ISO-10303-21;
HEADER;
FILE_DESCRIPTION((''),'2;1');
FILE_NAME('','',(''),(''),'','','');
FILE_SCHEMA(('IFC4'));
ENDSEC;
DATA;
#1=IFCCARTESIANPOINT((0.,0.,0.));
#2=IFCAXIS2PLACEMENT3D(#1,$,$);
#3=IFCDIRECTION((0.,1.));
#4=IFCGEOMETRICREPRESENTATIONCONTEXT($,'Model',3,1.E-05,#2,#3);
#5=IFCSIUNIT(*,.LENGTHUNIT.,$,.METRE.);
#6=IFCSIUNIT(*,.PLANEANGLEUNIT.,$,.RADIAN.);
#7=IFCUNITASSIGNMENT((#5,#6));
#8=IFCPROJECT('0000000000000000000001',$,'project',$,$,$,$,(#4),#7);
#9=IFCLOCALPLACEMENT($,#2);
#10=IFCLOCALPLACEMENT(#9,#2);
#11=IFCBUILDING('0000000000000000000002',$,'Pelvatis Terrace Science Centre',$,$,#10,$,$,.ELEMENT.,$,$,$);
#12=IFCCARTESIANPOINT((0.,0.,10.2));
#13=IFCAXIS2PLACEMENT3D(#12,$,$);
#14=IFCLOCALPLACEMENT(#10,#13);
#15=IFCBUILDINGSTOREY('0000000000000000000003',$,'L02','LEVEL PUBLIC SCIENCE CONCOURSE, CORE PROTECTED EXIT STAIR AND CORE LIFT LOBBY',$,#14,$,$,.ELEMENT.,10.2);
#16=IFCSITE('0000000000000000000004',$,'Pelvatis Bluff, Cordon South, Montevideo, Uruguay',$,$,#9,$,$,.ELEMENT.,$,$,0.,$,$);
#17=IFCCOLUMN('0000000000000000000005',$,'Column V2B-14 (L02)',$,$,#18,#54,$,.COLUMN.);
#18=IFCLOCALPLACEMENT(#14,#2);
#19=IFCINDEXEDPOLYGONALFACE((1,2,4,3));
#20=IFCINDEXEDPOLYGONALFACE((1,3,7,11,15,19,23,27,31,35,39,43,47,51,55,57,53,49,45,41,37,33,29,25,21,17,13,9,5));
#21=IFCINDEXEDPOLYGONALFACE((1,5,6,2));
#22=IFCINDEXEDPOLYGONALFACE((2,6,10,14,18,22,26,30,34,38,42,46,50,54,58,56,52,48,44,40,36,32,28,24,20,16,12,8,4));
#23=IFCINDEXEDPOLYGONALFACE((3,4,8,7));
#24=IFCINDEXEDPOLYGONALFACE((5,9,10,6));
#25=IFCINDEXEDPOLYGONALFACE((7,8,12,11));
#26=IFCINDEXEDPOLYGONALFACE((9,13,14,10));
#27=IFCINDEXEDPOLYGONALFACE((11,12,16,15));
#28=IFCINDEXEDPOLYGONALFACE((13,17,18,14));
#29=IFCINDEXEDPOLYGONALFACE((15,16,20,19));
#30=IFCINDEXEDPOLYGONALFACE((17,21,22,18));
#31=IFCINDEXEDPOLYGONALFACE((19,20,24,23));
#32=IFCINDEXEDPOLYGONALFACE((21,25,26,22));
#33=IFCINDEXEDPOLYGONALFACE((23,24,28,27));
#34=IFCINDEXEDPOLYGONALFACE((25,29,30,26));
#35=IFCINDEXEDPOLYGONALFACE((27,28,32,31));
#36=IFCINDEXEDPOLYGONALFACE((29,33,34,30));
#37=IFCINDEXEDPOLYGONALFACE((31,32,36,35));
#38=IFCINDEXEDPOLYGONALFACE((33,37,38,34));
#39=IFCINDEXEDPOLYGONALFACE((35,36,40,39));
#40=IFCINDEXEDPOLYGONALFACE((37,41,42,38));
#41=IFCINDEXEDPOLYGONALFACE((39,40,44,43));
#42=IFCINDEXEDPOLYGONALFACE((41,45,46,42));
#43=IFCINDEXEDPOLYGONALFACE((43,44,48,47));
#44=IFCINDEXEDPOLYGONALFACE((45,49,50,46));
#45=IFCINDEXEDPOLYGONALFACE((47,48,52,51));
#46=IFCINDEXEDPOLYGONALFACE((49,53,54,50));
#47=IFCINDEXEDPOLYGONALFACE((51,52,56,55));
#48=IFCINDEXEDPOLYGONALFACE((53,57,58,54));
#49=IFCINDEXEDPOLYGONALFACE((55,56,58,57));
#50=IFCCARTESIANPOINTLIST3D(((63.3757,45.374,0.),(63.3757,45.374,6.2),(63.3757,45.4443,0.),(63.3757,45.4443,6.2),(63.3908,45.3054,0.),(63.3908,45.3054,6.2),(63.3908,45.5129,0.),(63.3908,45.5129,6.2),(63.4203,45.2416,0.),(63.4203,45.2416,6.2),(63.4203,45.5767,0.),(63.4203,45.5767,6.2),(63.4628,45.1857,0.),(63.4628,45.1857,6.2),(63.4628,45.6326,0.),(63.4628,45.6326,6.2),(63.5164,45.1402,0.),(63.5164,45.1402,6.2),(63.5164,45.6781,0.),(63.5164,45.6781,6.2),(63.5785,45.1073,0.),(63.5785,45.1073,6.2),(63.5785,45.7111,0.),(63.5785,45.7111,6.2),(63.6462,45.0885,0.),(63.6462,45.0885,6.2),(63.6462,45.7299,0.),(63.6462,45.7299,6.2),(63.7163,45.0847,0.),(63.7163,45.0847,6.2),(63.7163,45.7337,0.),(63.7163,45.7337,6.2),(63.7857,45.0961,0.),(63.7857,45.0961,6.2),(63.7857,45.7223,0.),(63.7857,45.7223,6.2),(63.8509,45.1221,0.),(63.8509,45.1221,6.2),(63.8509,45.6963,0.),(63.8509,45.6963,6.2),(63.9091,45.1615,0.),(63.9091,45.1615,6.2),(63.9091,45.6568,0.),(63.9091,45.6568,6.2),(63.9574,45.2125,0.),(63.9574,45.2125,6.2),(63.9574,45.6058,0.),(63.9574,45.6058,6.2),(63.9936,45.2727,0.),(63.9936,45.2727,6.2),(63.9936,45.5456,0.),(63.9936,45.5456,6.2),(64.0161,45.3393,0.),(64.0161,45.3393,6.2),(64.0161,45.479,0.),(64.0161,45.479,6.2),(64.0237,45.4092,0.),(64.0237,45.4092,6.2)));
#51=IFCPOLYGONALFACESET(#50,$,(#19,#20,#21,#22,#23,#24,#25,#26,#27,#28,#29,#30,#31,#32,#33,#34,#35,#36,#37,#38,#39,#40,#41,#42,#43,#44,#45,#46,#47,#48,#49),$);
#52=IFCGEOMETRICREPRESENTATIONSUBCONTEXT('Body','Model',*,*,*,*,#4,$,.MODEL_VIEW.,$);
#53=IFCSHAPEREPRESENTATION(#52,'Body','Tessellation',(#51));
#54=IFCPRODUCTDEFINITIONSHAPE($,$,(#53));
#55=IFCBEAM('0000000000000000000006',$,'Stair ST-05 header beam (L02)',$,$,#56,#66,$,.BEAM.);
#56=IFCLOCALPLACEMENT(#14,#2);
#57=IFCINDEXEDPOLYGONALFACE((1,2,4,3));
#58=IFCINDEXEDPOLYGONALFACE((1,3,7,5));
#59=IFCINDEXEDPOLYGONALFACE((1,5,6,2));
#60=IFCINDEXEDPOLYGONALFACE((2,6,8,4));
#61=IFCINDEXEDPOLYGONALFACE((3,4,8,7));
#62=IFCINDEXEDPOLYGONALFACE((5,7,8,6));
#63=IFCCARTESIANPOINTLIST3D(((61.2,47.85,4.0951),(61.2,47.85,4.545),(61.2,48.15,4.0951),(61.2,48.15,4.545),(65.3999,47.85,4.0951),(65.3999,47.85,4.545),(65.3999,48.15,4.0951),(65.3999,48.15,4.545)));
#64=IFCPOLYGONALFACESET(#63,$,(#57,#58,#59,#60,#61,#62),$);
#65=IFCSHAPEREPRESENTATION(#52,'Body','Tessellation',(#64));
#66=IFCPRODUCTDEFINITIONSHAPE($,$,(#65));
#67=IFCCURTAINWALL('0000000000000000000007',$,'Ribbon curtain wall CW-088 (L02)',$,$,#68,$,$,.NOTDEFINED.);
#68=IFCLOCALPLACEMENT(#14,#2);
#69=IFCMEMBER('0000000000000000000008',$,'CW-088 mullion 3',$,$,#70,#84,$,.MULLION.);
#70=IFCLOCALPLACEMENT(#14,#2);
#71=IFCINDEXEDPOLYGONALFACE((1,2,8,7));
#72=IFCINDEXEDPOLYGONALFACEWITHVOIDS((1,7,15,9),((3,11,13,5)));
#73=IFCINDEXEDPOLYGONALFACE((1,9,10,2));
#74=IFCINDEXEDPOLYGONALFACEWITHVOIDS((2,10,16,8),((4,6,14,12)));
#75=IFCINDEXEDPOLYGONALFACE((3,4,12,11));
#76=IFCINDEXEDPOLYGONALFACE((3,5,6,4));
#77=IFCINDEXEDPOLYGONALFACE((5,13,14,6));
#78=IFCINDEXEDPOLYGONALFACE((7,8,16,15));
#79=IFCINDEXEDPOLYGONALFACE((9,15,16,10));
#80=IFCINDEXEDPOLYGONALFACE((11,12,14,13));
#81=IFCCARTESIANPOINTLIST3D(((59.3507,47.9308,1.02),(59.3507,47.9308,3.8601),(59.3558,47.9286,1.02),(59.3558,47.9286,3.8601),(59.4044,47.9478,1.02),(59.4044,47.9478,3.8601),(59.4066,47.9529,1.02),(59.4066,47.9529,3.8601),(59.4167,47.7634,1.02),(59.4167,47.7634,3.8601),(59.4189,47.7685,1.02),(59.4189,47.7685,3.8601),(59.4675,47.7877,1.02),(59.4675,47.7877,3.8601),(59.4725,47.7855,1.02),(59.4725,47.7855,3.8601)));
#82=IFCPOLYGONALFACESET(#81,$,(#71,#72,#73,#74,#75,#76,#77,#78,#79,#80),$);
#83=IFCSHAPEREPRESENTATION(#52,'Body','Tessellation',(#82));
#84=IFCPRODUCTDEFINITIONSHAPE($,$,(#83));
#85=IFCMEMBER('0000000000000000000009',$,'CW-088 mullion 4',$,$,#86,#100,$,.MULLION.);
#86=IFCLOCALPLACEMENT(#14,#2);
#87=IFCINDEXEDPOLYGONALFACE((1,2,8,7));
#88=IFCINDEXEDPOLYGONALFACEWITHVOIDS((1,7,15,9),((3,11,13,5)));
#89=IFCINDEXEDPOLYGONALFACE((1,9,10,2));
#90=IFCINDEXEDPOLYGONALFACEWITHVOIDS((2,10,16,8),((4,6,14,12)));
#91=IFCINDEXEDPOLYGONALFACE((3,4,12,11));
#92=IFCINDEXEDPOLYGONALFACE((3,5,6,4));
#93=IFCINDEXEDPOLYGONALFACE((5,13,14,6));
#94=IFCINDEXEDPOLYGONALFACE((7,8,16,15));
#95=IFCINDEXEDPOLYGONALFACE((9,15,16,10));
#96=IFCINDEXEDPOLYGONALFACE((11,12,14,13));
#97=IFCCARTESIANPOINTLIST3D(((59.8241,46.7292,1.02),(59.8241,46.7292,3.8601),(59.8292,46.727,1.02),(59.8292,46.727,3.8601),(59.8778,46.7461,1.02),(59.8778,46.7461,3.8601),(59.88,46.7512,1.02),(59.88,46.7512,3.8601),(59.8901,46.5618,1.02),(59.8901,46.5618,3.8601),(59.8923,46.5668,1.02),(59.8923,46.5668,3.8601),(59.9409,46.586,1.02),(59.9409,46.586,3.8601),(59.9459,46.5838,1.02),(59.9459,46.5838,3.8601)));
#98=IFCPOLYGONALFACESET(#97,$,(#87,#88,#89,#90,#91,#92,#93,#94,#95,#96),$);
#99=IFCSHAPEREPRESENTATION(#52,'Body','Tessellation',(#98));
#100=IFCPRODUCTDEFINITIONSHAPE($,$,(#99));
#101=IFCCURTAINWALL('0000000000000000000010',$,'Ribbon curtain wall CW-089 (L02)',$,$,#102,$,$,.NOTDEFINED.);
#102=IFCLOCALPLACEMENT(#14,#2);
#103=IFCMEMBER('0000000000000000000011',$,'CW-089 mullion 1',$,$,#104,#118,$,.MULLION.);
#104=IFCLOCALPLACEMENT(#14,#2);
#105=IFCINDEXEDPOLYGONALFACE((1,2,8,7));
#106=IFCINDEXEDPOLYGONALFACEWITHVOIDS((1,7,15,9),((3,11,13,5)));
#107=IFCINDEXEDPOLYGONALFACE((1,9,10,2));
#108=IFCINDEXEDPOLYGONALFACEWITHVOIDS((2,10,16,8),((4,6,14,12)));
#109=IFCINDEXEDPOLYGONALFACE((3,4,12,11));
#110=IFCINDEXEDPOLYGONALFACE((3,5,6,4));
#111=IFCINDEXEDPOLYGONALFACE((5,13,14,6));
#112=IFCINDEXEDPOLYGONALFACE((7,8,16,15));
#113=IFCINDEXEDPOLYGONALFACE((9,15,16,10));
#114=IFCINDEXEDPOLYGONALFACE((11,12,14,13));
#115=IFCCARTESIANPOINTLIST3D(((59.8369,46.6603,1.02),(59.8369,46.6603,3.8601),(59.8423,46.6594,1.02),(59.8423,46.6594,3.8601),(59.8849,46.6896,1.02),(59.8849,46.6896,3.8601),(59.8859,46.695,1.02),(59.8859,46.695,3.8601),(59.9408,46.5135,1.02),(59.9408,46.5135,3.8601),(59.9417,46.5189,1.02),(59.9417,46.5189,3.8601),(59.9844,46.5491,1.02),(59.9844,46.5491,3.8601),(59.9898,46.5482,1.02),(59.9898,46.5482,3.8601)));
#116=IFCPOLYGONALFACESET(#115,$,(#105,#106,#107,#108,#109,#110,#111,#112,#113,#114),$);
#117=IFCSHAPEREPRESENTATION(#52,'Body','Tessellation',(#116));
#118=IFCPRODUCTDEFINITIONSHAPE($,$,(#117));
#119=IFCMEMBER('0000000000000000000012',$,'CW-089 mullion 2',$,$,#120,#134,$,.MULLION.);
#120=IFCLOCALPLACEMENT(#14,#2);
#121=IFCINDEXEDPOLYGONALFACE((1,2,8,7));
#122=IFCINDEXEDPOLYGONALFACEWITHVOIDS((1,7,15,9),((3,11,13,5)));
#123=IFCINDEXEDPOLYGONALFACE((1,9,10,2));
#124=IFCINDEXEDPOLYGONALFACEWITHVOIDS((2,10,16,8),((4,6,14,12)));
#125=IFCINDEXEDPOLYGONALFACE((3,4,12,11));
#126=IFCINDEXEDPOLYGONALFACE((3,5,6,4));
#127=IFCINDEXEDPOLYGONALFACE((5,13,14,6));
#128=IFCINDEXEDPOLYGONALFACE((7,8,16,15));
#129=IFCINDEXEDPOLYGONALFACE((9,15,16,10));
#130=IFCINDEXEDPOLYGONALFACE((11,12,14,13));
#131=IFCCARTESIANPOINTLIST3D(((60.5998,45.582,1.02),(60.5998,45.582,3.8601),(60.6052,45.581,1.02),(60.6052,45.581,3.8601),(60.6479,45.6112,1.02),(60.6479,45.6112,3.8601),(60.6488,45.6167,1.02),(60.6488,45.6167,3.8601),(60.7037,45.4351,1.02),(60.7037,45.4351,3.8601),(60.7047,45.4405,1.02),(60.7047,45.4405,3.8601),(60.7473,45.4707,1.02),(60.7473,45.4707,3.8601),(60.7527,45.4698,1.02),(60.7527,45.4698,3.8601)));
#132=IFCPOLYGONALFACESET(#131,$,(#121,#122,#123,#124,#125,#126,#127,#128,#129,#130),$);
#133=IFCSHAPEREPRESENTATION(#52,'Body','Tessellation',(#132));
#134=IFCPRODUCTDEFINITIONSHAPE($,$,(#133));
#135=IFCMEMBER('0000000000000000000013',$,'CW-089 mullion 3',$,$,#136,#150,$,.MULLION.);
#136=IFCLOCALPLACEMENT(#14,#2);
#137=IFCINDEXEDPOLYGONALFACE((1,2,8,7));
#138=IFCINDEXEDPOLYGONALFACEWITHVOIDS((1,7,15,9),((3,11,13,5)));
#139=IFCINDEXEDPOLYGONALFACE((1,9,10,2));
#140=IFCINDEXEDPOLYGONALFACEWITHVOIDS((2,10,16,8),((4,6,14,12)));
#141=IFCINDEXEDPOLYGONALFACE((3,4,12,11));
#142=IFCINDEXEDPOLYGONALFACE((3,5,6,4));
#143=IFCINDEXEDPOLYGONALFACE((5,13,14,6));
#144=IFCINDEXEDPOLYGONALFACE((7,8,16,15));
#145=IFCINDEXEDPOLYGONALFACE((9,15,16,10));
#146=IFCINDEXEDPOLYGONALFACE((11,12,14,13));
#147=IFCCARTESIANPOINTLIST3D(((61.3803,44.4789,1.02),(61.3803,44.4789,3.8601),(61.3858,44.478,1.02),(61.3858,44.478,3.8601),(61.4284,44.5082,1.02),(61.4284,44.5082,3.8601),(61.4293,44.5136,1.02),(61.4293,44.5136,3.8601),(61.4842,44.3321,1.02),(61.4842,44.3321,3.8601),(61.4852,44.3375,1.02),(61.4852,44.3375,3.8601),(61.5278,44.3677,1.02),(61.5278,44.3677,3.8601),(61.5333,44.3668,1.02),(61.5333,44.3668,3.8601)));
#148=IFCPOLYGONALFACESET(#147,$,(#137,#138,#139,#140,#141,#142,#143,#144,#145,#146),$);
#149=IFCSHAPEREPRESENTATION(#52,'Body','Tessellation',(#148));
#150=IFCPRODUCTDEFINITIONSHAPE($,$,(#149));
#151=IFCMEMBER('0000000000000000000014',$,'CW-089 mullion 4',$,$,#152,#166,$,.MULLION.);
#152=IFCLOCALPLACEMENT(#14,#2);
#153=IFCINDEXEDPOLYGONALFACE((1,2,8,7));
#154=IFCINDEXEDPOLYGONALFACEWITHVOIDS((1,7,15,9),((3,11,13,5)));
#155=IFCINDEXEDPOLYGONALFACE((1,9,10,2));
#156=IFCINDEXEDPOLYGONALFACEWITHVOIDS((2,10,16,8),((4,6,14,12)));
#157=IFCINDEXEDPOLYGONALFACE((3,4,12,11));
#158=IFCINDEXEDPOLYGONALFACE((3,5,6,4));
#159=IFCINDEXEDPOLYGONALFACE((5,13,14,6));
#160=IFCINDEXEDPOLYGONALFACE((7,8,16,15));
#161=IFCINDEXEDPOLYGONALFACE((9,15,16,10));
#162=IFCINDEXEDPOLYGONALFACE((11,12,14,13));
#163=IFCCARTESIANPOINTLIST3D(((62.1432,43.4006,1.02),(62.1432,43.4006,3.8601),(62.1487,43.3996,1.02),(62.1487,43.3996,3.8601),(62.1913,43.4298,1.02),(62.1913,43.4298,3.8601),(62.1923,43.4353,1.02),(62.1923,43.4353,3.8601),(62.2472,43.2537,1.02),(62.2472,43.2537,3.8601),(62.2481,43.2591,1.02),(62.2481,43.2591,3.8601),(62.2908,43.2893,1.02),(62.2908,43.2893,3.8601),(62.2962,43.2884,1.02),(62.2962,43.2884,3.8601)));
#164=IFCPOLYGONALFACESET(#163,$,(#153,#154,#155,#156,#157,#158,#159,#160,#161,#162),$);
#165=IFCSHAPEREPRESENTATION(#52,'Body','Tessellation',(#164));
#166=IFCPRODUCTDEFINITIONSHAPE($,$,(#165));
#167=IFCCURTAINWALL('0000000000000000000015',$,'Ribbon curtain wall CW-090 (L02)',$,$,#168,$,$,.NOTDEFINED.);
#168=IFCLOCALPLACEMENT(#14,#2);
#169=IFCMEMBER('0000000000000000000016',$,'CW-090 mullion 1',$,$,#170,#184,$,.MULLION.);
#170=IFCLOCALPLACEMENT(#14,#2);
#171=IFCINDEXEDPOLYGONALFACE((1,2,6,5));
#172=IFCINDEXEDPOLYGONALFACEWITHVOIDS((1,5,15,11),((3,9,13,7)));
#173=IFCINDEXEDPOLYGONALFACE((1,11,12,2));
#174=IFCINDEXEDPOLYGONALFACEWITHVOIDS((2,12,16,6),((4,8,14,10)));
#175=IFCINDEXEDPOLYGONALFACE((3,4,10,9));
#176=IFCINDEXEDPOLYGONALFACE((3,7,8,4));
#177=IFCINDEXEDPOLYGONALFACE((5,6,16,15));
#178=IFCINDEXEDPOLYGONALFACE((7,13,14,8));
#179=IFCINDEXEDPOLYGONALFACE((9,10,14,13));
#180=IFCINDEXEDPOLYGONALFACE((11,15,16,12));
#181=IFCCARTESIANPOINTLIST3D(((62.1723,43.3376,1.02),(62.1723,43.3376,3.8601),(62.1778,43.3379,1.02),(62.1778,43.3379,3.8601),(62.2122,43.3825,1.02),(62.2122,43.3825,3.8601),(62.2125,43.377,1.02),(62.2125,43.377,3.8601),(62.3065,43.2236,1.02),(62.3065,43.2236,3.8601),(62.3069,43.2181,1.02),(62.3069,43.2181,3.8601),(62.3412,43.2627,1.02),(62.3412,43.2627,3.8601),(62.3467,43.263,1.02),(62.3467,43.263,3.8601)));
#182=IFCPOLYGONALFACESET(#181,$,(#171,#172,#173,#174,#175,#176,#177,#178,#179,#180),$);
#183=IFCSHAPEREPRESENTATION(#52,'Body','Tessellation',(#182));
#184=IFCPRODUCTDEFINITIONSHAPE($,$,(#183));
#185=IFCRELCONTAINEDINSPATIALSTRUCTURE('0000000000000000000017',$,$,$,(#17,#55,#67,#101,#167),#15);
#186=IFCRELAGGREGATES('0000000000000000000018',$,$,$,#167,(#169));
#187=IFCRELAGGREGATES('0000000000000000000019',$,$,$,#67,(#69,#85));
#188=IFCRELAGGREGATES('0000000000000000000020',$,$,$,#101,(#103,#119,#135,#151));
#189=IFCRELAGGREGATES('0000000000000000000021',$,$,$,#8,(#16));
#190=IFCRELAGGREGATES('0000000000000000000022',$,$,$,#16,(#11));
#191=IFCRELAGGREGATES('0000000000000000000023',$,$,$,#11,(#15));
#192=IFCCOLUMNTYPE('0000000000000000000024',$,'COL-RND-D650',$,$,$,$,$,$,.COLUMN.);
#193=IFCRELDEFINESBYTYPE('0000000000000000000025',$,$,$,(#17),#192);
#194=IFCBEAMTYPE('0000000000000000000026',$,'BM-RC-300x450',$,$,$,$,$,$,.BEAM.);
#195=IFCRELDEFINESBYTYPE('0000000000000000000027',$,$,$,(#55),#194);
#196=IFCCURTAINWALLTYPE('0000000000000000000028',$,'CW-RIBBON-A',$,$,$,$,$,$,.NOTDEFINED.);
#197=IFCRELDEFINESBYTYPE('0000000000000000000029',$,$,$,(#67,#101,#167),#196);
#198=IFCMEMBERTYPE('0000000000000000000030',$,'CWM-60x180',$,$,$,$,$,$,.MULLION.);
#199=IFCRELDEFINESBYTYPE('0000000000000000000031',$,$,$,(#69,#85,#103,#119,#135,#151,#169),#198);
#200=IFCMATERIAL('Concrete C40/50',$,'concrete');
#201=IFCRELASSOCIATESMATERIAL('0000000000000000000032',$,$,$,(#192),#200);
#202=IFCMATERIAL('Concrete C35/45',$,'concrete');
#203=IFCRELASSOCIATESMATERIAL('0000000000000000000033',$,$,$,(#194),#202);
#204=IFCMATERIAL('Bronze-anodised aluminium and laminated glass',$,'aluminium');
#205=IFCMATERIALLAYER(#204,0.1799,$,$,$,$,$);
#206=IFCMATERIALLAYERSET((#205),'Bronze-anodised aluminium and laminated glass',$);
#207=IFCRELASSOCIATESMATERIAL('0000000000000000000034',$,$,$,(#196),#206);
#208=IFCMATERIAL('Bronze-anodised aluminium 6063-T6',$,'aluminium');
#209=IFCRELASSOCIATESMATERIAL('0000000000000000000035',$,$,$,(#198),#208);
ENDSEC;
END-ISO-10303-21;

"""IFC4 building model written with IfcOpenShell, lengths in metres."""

from ifc_helpers import new_model, si_unit, direction, frame, origin, origin_2d, place, context, subcontext, project, spatial, rectangle, hollow_rectangle, circle, extrude, material, layer, layer_set, material_profile, profile_set, type_object, element, aggregate, save


model = new_model("IFC4")

# Units and contexts
model_context = context("Model", 3, precision=1e-05, world=origin(), true_north=direction((0.0, 1.0)))
body_context = subcontext(model_context, "Body", "Model", "MODEL_VIEW")
ifc_project = project(units=[si_unit("LENGTHUNIT", "METRE"), si_unit("PLANEANGLEUNIT", "RADIAN")], contexts=[model_context])

# Site, building, storey
site_placement = place(None, origin())
site = spatial("IfcSite", under=ifc_project, at=site_placement, Name="Pelvatis Bluff, Cordon South, Montevideo, Uruguay", CompositionType="ELEMENT", RefElevation=0.0)
building_placement = place(site_placement, origin())
building = spatial("IfcBuilding", under=site, at=building_placement, Name="Pelvatis Terrace Science Centre", CompositionType="ELEMENT")
storey_placement = place(building_placement, frame((0.0, 0.0, 10.2)))
storey = spatial("IfcBuildingStorey", under=building, at=storey_placement, Name="L02", Description="LEVEL PUBLIC SCIENCE CONCOURSE, CORE PROTECTED EXIT STAIR AND CORE LIFT LOBBY", CompositionType="ELEMENT", Elevation=10.2)

# Column
ifc_material_1 = material(Name="Concrete C40/50", Category="concrete")
ifc_material_profile_1 = material_profile(ifc_material_1, circle(Radius=0.325, at=origin_2d()), Name="RC-RCOL D650")
ifc_profile_set_1 = profile_set([ifc_material_profile_1], Name="Concrete C40/50")
column_type = type_object("IfcColumnType", Name="COL-RND-D650", PredefinedType="COLUMN", material=ifc_profile_set_1)
column_placement = place(storey_placement, frame((63.6987, 45.4092, 0.0), z_axis=(0.0, 0.0, 1.0), x_axis=(1.0, 0.0, 0.0)))
element("IfcColumn", 1, at=column_placement, inside=storey, type_object=column_type, Name="Column V2B-14 (L02)", PredefinedType="COLUMN", context=body_context, shape_type="SweptSolid", body=[
    extrude(circle(Radius=0.325, at=origin_2d()), origin(), (0.0, 0.0, 1.0), 6.2),
])

# Beam
ifc_material_2 = material(Name="Concrete C35/45", Category="concrete")
ifc_material_profile_2 = material_profile(ifc_material_2, rectangle(XDim=0.3, YDim=0.45, at=origin_2d()), Name="RC-BM 300x450")
ifc_profile_set_2 = profile_set([ifc_material_profile_2], Name="Concrete C35/45")
beam_type = type_object("IfcBeamType", Name="BM-RC-300x450", PredefinedType="BEAM", material=ifc_profile_set_2)
beam_placement = place(storey_placement, frame((61.2, 48.0, 4.3201), z_axis=(1.0, 0.0, 0.0), x_axis=(0.0, 1.0, 0.0)))
element("IfcBeam", 2, at=beam_placement, inside=storey, type_object=beam_type, Name="Stair ST-05 header beam (L02)", PredefinedType="BEAM", context=body_context, shape_type="SweptSolid", body=[
    extrude(rectangle(XDim=0.3, YDim=0.45, at=origin_2d()), origin(), (0.0, 0.0, 1.0), 4.2),
])

# Curtain walls, members
ifc_material_3 = material(Name="Bronze-anodised aluminium and laminated glass", Category="aluminium")
ifc_layer_1 = layer(ifc_material_3, 0.1799)
ifc_layer_set_1 = layer_set([ifc_layer_1], Name="Bronze-anodised aluminium and laminated glass")
curtain_wall_type = type_object("IfcCurtainWallType", Name="CW-RIBBON-A", PredefinedType="NOTDEFINED", material=ifc_layer_set_1)
curtain_wall_1_placement = place(storey_placement, origin())
curtain_wall_1 = element("IfcCurtainWall", 3, at=curtain_wall_1_placement, inside=storey, type_object=curtain_wall_type, Name="Ribbon curtain wall CW-088 (L02)", PredefinedType="NOTDEFINED")
ifc_material_4 = material(Name="Bronze-anodised aluminium 6063-T6", Category="aluminium")
ifc_material_profile_3 = material_profile(ifc_material_4, hollow_rectangle(XDim=0.0601, YDim=0.1799, WallThickness=0.0039, at=origin_2d()), Name="ALU-MUL 60x180")
ifc_profile_set_3 = profile_set([ifc_material_profile_3], Name="Bronze-anodised aluminium 6063-T6")
member_type_1 = type_object("IfcMemberType", Name="CWM-60x180", PredefinedType="MULLION", material=ifc_profile_set_3)
member_1_placement = place(storey_placement, frame((59.4116, 47.8582, 1.02), z_axis=(0.0, 0.0, 1.0), x_axis=(0.93038, 0.366597, 0.0)))
member_1 = element("IfcMember", 4, at=member_1_placement, type_object=member_type_1, Name="CW-088 mullion 3", PredefinedType="MULLION", context=body_context, shape_type="SweptSolid", body=[
    extrude(hollow_rectangle(XDim=0.0601, YDim=0.1799, WallThickness=0.0039, at=origin_2d()), origin(), (0.0, 0.0, 1.0), 2.8401),
])
member_2_placement = place(storey_placement, frame((59.885, 46.6565, 1.02), z_axis=(0.0, 0.0, 1.0), x_axis=(0.93038, 0.366597, 0.0)))
member_2 = element("IfcMember", 5, at=member_2_placement, type_object=member_type_1, Name="CW-088 mullion 4", PredefinedType="MULLION", context=body_context, shape_type="SweptSolid", body=[
    extrude(hollow_rectangle(XDim=0.0601, YDim=0.1799, WallThickness=0.0039, at=origin_2d()), origin(), (0.0, 0.0, 1.0), 2.8401),
])
curtain_wall_2_placement = place(storey_placement, origin())
curtain_wall_2 = element("IfcCurtainWall", 6, at=curtain_wall_2_placement, inside=storey, type_object=curtain_wall_type, Name="Ribbon curtain wall CW-089 (L02)", PredefinedType="NOTDEFINED")
member_3_placement = place(storey_placement, frame((59.9133, 46.6042, 1.02), z_axis=(0.0, 0.0, 1.0), x_axis=(0.816326, 0.577591, 0.0)))
member_3 = element("IfcMember", 7, at=member_3_placement, type_object=member_type_1, Name="CW-089 mullion 1", PredefinedType="MULLION", context=body_context, shape_type="SweptSolid", body=[
    extrude(hollow_rectangle(XDim=0.0601, YDim=0.1799, WallThickness=0.0039, at=origin_2d()), origin(), (0.0, 0.0, 1.0), 2.8401),
])
member_4_placement = place(storey_placement, frame((60.6763, 45.5259, 1.02), z_axis=(0.0, 0.0, 1.0), x_axis=(0.816326, 0.577591, 0.0)))
member_4 = element("IfcMember", 8, at=member_4_placement, type_object=member_type_1, Name="CW-089 mullion 2", PredefinedType="MULLION", context=body_context, shape_type="SweptSolid", body=[
    extrude(hollow_rectangle(XDim=0.0601, YDim=0.1799, WallThickness=0.0039, at=origin_2d()), origin(), (0.0, 0.0, 1.0), 2.8401),
])
member_5_placement = place(storey_placement, frame((61.4568, 44.4229, 1.02), z_axis=(0.0, 0.0, 1.0), x_axis=(0.816326, 0.577591, 0.0)))
member_5 = element("IfcMember", 9, at=member_5_placement, type_object=member_type_1, Name="CW-089 mullion 3", PredefinedType="MULLION", context=body_context, shape_type="SweptSolid", body=[
    extrude(hollow_rectangle(XDim=0.0601, YDim=0.1799, WallThickness=0.0039, at=origin_2d()), origin(), (0.0, 0.0, 1.0), 2.8401),
])
member_6_placement = place(storey_placement, frame((62.2197, 43.3445, 1.02), z_axis=(0.0, 0.0, 1.0), x_axis=(0.816326, 0.577591, 0.0)))
member_6 = element("IfcMember", 10, at=member_6_placement, type_object=member_type_1, Name="CW-089 mullion 4", PredefinedType="MULLION", context=body_context, shape_type="SweptSolid", body=[
    extrude(hollow_rectangle(XDim=0.0601, YDim=0.1799, WallThickness=0.0039, at=origin_2d()), origin(), (0.0, 0.0, 1.0), 2.8401),
])

# Curtain wall, member
curtain_wall_3_placement = place(storey_placement, origin())
curtain_wall_3 = element("IfcCurtainWall", 11, at=curtain_wall_3_placement, inside=storey, type_object=curtain_wall_type, Name="Ribbon curtain wall CW-090 (L02)", PredefinedType="NOTDEFINED")
member_7_placement = place(storey_placement, frame((62.2595, 43.3003, 1.02), z_axis=(0.0, 0.0, 1.0), x_axis=(0.664016, 0.747718, 0.0)))
member_7 = element("IfcMember", 12, at=member_7_placement, type_object=member_type_1, Name="CW-090 mullion 1", PredefinedType="MULLION", context=body_context, shape_type="SweptSolid", body=[
    extrude(hollow_rectangle(XDim=0.0601, YDim=0.1799, WallThickness=0.0039, at=origin_2d()), origin(), (0.0, 0.0, 1.0), 2.8401),
])
aggregate(curtain_wall_3, [member_7])

aggregate(curtain_wall_1, [member_1, member_2])
aggregate(curtain_wall_2, [member_3, member_4, member_5, member_6])

save(model, "model.ifc")
